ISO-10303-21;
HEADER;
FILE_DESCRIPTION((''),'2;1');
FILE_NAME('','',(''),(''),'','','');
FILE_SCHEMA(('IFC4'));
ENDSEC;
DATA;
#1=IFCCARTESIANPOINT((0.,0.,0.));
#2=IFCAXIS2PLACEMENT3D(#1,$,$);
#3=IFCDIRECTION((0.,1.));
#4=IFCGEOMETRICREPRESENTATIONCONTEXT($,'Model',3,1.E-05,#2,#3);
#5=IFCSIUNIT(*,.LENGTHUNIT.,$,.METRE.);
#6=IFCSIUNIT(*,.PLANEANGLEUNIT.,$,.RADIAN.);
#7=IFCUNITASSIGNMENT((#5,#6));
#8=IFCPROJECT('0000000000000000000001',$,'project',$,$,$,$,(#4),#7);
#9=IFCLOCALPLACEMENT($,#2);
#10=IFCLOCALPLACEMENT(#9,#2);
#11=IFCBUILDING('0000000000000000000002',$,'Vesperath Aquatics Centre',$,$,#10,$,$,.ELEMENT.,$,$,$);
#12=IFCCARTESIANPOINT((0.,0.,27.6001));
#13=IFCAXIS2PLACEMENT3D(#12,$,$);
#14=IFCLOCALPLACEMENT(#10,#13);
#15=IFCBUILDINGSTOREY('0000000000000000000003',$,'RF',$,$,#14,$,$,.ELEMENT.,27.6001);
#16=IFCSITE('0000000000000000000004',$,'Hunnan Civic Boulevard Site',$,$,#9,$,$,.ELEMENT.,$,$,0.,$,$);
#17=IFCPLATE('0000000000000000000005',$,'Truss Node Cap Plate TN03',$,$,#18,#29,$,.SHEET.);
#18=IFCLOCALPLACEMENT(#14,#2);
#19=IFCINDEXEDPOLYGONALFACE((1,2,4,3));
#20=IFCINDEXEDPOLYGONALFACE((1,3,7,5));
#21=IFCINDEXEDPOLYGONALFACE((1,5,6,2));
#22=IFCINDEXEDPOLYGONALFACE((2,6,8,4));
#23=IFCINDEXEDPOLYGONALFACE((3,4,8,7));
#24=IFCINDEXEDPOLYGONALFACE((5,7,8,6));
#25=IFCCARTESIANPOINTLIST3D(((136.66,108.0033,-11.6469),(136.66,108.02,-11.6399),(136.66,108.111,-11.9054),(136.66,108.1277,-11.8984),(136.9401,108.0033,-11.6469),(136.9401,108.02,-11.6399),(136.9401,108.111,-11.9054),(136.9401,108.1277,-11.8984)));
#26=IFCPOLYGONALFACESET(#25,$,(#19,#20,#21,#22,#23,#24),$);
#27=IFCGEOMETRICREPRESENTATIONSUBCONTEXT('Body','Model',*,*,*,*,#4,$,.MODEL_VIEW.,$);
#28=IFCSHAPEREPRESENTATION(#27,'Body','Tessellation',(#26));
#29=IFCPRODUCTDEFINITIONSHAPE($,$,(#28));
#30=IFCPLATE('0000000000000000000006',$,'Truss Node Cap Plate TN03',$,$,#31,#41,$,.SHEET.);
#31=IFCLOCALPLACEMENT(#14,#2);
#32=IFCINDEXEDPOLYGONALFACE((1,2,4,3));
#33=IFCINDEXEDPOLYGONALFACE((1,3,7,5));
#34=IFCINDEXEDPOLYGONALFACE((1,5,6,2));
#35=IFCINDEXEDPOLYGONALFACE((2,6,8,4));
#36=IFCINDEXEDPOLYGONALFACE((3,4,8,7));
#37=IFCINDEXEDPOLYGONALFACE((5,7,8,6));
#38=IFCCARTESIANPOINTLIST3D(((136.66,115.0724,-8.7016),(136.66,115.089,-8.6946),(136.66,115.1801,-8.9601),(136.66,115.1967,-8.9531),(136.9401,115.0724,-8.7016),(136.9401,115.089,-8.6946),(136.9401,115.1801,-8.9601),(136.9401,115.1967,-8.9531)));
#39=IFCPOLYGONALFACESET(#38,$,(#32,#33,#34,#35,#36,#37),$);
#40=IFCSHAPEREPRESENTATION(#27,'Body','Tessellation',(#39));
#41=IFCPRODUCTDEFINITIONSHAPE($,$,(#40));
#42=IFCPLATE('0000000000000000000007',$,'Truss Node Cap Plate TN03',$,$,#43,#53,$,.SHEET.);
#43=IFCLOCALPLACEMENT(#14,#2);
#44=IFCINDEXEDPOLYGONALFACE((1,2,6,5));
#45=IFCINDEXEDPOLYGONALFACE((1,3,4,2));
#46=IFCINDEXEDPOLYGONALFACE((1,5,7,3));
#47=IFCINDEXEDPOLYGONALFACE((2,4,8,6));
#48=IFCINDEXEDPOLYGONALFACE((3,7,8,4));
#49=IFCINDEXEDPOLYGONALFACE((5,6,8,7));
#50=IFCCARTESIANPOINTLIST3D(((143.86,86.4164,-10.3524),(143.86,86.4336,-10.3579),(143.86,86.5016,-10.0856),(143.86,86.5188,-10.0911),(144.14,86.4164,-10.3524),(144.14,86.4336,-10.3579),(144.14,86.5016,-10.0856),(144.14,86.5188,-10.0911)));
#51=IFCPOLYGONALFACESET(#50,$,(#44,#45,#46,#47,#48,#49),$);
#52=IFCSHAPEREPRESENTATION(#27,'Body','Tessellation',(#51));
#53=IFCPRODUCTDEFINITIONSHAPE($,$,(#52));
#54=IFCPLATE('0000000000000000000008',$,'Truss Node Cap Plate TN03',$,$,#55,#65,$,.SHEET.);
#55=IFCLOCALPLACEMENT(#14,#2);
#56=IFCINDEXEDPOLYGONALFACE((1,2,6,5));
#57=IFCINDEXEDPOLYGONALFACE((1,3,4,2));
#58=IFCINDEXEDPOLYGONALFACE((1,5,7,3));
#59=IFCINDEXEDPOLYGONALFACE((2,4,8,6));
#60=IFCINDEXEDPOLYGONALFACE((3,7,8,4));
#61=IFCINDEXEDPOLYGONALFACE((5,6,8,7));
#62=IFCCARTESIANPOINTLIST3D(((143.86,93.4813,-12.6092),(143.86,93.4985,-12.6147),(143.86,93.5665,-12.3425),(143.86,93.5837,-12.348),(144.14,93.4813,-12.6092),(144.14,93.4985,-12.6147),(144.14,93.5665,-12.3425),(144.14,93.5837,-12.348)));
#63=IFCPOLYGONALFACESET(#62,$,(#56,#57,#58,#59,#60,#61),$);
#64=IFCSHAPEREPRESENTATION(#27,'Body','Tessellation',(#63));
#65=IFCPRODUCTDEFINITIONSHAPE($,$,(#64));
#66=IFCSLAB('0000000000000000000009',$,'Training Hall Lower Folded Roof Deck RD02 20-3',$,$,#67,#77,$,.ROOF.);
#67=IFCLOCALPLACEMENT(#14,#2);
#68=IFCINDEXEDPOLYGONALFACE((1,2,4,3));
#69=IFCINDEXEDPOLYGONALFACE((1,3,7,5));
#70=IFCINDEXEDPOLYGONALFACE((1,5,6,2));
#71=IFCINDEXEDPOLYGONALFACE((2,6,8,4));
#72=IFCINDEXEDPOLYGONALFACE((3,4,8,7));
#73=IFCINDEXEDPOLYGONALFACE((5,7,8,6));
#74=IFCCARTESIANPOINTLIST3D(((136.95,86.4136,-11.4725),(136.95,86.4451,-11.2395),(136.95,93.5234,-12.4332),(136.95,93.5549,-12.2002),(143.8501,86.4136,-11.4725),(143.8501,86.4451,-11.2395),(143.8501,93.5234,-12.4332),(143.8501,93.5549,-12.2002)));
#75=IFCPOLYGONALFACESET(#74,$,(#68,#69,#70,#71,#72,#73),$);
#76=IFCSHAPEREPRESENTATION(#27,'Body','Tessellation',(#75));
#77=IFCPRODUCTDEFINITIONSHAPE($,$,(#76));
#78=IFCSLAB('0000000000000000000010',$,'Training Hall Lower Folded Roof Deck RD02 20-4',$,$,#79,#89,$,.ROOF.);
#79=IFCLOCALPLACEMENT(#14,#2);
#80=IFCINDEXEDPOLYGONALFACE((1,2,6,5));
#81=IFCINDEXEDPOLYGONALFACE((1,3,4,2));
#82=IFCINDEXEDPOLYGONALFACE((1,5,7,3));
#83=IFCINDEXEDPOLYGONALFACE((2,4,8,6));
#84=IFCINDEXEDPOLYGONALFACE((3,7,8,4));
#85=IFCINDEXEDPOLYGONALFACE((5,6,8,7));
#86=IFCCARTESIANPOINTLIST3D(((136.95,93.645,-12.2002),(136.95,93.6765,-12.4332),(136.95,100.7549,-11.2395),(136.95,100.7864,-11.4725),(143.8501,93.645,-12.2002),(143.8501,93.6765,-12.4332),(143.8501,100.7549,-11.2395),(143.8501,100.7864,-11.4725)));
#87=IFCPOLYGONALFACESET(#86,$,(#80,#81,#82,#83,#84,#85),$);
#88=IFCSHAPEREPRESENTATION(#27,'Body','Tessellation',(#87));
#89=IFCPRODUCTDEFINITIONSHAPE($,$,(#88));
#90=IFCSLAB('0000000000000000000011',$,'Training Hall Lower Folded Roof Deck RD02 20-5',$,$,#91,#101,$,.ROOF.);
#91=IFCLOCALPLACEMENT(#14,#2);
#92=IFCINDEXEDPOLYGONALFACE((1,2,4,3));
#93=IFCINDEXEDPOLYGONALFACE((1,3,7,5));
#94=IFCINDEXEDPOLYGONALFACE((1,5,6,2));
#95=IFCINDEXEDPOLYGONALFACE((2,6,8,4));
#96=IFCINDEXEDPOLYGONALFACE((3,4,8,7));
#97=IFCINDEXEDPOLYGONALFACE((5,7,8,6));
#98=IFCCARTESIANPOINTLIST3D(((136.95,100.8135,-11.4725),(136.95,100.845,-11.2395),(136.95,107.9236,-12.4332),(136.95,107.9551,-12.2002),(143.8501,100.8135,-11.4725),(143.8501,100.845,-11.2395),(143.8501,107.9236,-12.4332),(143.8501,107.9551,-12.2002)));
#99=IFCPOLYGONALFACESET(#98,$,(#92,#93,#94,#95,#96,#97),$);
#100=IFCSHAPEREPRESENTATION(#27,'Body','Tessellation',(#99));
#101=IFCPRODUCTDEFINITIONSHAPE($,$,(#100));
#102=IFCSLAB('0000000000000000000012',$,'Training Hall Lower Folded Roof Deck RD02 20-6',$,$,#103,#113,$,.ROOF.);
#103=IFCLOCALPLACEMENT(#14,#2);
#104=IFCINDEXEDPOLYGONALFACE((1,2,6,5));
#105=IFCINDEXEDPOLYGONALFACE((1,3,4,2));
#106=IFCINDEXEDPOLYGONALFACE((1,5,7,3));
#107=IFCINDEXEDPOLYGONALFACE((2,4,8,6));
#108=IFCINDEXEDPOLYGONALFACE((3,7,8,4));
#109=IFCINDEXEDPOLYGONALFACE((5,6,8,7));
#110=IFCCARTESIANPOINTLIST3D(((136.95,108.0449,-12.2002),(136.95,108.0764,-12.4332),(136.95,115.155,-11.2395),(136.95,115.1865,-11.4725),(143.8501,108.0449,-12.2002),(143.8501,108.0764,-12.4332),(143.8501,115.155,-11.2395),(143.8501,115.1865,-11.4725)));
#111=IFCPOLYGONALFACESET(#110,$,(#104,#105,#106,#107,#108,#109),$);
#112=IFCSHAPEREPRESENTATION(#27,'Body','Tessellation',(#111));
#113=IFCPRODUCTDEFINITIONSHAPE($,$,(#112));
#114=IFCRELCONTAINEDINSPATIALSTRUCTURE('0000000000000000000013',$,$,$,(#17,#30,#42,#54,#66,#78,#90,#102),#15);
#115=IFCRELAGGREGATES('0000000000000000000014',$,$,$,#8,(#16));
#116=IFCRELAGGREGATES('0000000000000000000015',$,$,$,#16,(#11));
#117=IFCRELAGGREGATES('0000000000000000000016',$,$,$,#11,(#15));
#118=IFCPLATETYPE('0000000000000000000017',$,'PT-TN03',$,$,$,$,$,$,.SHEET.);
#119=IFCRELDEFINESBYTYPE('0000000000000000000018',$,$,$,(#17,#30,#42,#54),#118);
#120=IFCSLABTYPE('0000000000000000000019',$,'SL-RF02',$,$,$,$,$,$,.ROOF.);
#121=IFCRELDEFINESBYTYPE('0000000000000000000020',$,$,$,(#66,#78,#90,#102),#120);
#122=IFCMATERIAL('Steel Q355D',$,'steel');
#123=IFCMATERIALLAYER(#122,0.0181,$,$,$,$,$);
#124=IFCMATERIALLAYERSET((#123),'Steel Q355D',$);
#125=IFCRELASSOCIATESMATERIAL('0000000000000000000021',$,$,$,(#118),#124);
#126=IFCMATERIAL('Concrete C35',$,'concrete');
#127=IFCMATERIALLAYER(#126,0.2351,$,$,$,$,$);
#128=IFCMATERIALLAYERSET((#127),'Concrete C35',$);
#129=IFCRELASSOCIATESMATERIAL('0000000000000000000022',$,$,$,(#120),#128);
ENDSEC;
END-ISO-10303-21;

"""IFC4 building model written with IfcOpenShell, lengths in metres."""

from ifc_helpers import new_model, si_unit, direction, frame, origin, origin_2d, place, context, subcontext, project, spatial, polyline, rectangle, outline, extrude, material, layer, layer_set, type_object, element, save


model = new_model("IFC4")

# Units and contexts
model_context = context("Model", 3, precision=1e-05, world=origin(), true_north=direction((0.0, 1.0)))
body_context = subcontext(model_context, "Body", "Model", "MODEL_VIEW")
ifc_project = project(units=[si_unit("LENGTHUNIT", "METRE"), si_unit("PLANEANGLEUNIT", "RADIAN")], contexts=[model_context])

# Site, building, storey
site_placement = place(None, origin())
site = spatial("IfcSite", under=ifc_project, at=site_placement, Name="Hunnan Civic Boulevard Site", CompositionType="ELEMENT", RefElevation=0.0)
building_placement = place(site_placement, origin())
building = spatial("IfcBuilding", under=site, at=building_placement, Name="Vesperath Aquatics Centre", CompositionType="ELEMENT")
storey_placement = place(building_placement, frame((0.0, 0.0, 27.6001)))
storey = spatial("IfcBuildingStorey", under=building, at=storey_placement, Name="RF", CompositionType="ELEMENT", Elevation=27.6001)

# Shared definitions
ifc_material_1 = material(Name="Steel Q355D", Category="steel")

# Plates
ifc_layer_1 = layer(ifc_material_1, 0.0181)
ifc_layer_set_1 = layer_set([ifc_layer_1], Name="Steel Q355D")
plate_type = type_object("IfcPlateType", Name="PT-TN03", PredefinedType="SHEET", material=ifc_layer_set_1)
for number, where, z_axis, x_axis, name in (
    (1, (136.8, 108.0571, -11.7761), (0.0, 0.923077, 0.384615), (-1.0, 0.0, 0.0), "Truss Node Cap Plate TN03"),
    (2, (136.8, 115.1262, -8.8308), (0.0, 0.923077, 0.384615), (-1.0, 0.0, 0.0), "Truss Node Cap Plate TN03"),
    (3, (144.0, 86.459, -10.219), (0.0, 0.952578, -0.304296), (-1.0, 0.0, 0.0), "Truss Node Cap Plate TN03"),
    (4, (144.0, 93.5239, -12.4758), (0.0, 0.952578, -0.304296), (-1.0, 0.0, 0.0), "Truss Node Cap Plate TN03"),
):
    element("IfcPlate", number, at=place(storey_placement, frame(where, z_axis=z_axis, x_axis=x_axis)), inside=storey, type_object=plate_type, Name=name, PredefinedType="SHEET", context=body_context, shape_type="SweptSolid", body=[
        extrude(rectangle(XDim=0.28, YDim=0.28, at=origin_2d()), origin(), (0.0, 0.0, 1.0), 0.0181),
    ])

# Slabs
ifc_material_2 = material(Name="Concrete C35", Category="concrete")
ifc_layer_2 = layer(ifc_material_2, 0.2351)
ifc_layer_set_2 = layer_set([ifc_layer_2], Name="Concrete C35")
slab_type = type_object("IfcSlabType", Name="SL-RF02", PredefinedType="ROOF", material=ifc_layer_set_2)
for number, where, z_axis, x_axis, name in (
    (5, (136.95, 86.4451, -11.2395), (0.0, 0.133904, 0.990994), (1.0, 0.0, 0.0), "Training Hall Lower Folded Roof Deck RD02 20-3"),
    (6, (136.95, 93.645, -12.2002), (0.0, -0.133904, 0.990994), (1.0, 0.0, 0.0), "Training Hall Lower Folded Roof Deck RD02 20-4"),
):
    element("IfcSlab", number, at=place(storey_placement, frame(where, z_axis=z_axis, x_axis=x_axis)), inside=storey, type_object=slab_type, Name=name, PredefinedType="ROOF", context=body_context, shape_type="SweptSolid", body=[
        extrude(outline(polyline([(0.0, 0.0), (6.9001, 0.0), (6.9001, 7.1745), (0.0, 7.1745), (0.0, 0.0)])), origin(), (0.0, 0.0, -1.0), 0.2351),
    ])
for number, where, z_axis, x_axis, name in (
    (7, (136.95, 100.845, -11.2395), (0.0, 0.1339, 0.990995), (1.0, 0.0, 0.0), "Training Hall Lower Folded Roof Deck RD02 20-5"),
    (8, (136.95, 108.0449, -12.2002), (0.0, -0.1339, 0.990995), (1.0, 0.0, 0.0), "Training Hall Lower Folded Roof Deck RD02 20-6"),
):
    element("IfcSlab", number, at=place(storey_placement, frame(where, z_axis=z_axis, x_axis=x_axis)), inside=storey, type_object=slab_type, Name=name, PredefinedType="ROOF", context=body_context, shape_type="SweptSolid", body=[
        extrude(outline(polyline([(0.0, 0.0), (6.9001, 0.0), (6.9001, 7.1747), (0.0, 7.1747), (0.0, 0.0)])), origin(), (0.0, 0.0, -1.0), 0.2351),
    ])

save(model, "model.ifc")
